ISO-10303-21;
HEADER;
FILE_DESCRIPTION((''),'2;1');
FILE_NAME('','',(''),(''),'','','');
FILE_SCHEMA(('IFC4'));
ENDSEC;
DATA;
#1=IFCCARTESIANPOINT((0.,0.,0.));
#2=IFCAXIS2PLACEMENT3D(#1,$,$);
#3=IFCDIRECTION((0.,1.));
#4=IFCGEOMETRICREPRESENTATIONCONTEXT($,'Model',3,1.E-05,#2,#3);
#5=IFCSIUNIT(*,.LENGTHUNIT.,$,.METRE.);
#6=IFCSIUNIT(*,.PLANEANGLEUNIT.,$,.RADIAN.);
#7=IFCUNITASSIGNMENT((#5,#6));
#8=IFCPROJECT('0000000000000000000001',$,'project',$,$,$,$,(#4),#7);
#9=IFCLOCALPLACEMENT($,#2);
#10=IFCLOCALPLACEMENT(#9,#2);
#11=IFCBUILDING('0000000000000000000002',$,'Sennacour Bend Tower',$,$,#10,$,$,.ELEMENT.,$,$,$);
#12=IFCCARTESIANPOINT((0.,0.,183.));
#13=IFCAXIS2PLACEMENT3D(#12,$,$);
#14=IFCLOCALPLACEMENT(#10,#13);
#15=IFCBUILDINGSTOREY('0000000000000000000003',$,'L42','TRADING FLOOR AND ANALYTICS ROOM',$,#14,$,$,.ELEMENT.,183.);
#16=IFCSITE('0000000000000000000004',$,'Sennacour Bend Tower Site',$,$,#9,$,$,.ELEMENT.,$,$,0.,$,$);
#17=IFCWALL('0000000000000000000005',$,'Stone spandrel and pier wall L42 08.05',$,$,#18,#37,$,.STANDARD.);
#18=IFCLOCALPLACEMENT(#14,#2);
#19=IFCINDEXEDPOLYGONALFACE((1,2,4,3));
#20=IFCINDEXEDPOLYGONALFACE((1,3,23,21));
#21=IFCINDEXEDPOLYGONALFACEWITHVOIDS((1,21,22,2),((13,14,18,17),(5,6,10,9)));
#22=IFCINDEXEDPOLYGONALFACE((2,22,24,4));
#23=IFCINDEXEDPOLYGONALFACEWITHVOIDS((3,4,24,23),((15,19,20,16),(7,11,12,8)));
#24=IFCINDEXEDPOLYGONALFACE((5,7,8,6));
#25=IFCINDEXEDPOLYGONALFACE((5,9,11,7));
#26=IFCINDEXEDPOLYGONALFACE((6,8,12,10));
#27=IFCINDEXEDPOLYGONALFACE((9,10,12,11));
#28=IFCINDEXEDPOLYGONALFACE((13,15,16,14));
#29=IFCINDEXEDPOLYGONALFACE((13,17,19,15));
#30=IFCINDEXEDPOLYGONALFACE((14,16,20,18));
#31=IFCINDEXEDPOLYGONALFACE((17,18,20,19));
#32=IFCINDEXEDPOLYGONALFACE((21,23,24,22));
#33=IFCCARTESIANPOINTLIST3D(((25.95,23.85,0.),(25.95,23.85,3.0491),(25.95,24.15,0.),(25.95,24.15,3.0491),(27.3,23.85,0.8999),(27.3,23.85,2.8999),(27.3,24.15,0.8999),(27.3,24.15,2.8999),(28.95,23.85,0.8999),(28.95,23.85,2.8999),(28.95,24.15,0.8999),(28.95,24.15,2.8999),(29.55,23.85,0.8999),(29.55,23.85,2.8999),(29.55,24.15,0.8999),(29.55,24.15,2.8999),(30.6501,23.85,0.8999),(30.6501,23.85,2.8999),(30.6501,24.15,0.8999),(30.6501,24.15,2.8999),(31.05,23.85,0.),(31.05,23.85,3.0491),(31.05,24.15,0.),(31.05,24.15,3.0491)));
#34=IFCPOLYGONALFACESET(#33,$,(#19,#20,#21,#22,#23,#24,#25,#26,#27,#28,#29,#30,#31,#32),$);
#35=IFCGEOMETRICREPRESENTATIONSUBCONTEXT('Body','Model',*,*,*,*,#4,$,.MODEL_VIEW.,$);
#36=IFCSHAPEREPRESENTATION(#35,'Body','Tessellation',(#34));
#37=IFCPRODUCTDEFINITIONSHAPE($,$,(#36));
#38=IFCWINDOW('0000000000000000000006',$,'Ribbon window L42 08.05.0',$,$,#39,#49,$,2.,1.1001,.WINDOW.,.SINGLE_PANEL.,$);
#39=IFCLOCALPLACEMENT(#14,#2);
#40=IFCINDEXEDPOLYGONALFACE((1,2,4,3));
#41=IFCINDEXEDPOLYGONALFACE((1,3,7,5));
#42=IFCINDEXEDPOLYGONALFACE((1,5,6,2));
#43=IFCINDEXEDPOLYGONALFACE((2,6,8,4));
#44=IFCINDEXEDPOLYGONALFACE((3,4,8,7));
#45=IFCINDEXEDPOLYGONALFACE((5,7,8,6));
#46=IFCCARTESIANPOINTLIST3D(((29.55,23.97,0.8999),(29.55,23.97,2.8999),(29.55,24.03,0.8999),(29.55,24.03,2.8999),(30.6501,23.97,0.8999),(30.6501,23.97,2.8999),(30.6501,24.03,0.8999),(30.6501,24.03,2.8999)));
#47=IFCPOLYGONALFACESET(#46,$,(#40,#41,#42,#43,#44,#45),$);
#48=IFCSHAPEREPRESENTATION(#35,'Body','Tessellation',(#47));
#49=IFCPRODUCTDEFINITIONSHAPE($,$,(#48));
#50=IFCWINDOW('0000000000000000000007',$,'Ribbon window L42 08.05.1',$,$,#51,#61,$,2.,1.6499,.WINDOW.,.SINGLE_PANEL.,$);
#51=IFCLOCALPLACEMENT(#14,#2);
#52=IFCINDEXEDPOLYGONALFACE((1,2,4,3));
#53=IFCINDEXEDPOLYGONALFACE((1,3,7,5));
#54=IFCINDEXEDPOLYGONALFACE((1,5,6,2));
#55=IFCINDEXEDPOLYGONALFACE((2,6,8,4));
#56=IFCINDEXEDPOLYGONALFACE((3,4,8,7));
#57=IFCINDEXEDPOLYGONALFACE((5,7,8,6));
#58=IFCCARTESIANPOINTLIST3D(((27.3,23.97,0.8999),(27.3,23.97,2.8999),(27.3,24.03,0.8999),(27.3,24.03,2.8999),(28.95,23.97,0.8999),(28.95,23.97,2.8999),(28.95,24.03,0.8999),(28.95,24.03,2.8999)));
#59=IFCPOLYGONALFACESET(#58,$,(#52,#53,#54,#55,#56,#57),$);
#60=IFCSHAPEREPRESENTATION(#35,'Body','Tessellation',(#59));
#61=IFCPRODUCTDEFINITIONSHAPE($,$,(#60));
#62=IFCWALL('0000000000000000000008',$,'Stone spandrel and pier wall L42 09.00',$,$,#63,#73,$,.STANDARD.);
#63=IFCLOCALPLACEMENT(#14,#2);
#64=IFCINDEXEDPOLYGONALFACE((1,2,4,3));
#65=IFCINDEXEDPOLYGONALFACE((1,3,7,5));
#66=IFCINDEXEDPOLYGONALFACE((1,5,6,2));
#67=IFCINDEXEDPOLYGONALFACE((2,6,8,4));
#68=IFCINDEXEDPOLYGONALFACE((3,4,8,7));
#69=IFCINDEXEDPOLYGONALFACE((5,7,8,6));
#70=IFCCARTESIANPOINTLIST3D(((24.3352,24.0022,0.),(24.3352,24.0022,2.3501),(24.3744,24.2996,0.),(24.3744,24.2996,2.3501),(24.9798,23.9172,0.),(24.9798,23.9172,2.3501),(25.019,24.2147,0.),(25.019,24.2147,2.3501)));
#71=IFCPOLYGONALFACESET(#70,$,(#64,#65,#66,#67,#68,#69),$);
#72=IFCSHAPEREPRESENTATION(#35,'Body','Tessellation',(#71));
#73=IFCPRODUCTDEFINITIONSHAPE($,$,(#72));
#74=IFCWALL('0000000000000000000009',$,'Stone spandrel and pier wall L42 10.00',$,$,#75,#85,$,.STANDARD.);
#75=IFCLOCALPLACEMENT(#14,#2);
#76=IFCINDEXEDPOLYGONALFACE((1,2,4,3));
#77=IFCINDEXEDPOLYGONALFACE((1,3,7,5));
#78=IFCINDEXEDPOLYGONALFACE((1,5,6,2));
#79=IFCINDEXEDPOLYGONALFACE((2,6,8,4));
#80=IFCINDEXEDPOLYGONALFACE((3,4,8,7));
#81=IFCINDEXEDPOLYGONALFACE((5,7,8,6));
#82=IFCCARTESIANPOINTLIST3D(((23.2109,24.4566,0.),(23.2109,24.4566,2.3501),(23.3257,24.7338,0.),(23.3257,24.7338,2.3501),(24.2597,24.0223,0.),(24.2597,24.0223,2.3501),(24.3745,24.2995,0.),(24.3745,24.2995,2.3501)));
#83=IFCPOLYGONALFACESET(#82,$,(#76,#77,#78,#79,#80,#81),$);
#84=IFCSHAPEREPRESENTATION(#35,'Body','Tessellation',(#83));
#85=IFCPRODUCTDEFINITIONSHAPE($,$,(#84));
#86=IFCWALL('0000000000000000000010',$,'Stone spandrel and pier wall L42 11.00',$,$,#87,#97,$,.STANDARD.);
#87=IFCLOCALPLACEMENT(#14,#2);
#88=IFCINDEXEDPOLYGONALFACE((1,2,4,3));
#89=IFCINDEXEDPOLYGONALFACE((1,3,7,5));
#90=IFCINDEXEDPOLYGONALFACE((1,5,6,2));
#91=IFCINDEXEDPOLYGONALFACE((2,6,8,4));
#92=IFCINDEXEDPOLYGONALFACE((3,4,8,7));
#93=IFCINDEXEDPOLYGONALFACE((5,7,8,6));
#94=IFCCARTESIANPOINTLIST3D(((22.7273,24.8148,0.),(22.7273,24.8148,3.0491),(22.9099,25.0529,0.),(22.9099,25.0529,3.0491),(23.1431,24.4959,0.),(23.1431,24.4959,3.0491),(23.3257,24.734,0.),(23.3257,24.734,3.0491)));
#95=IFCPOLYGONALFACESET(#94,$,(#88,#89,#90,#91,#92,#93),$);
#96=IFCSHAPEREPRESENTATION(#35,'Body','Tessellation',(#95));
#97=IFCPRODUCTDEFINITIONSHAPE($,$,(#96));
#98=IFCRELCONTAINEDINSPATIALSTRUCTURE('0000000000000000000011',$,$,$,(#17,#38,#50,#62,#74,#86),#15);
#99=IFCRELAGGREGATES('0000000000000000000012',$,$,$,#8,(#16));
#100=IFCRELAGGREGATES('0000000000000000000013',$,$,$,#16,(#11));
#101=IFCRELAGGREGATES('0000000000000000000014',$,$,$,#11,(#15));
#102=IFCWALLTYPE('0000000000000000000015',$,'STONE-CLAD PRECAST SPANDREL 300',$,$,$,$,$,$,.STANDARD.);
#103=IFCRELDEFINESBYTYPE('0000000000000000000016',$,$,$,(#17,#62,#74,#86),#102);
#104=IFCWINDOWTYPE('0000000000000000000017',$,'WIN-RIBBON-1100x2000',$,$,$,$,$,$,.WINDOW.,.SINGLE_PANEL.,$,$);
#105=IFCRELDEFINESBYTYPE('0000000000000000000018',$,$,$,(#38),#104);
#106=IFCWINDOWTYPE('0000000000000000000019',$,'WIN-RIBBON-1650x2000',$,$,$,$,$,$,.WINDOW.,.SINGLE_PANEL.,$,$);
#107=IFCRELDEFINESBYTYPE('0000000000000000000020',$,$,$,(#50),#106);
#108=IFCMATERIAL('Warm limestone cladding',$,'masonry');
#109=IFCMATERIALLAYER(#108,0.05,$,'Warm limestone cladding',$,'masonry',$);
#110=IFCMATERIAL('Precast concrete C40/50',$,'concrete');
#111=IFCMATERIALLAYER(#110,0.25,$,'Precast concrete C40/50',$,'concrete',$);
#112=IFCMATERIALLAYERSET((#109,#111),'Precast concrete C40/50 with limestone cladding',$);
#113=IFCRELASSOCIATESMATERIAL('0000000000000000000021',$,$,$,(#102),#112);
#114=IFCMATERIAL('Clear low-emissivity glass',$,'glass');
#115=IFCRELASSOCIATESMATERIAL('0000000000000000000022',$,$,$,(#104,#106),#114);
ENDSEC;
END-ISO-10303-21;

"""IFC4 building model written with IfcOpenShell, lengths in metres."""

from ifc_helpers import new_model, si_unit, direction, frame, frame_2d, origin, place, context, subcontext, project, spatial, rectangle, extrude, material, layer, layer_set, type_object, element, fill, save


model = new_model("IFC4")

# Units and contexts
model_context = context("Model", 3, precision=1e-05, world=origin(), true_north=direction((0.0, 1.0)))
body_context = subcontext(model_context, "Body", "Model", "MODEL_VIEW")
ifc_project = project(units=[si_unit("LENGTHUNIT", "METRE"), si_unit("PLANEANGLEUNIT", "RADIAN")], contexts=[model_context])

# Site, building, storey
site_placement = place(None, origin())
site = spatial("IfcSite", under=ifc_project, at=site_placement, Name="Sennacour Bend Tower Site", CompositionType="ELEMENT", RefElevation=0.0)
building_placement = place(site_placement, origin())
building = spatial("IfcBuilding", under=site, at=building_placement, Name="Sennacour Bend Tower", CompositionType="ELEMENT")
storey_placement = place(building_placement, frame((0.0, 0.0, 183.0)))
storey = spatial("IfcBuildingStorey", under=building, at=storey_placement, Name="L42", Description="TRADING FLOOR AND ANALYTICS ROOM", CompositionType="ELEMENT", Elevation=183.0)

# Wall, openings, windows
ifc_material_1 = material(Name="Warm limestone cladding", Category="masonry")
ifc_layer_1 = layer(ifc_material_1, 0.05, Name="Warm limestone cladding", Category="masonry")
ifc_material_2 = material(Name="Precast concrete C40/50", Category="concrete")
ifc_layer_2 = layer(ifc_material_2, 0.25, Name="Precast concrete C40/50", Category="concrete")
ifc_layer_set_1 = layer_set([ifc_layer_1, ifc_layer_2], Name="Precast concrete C40/50 with limestone cladding")
wall_type_1 = type_object("IfcWallType", Name="STONE-CLAD PRECAST SPANDREL 300", PredefinedType="STANDARD", material=ifc_layer_set_1)
ifc_material_3 = material(Name="Clear low-emissivity glass", Category="glass")
window_type_1 = type_object("IfcWindowType", Name="WIN-RIBBON-1100x2000", PartitioningType="SINGLE_PANEL", PredefinedType="WINDOW", material=ifc_material_3)
wall_1_placement = place(storey_placement, frame((31.05, 24.0, 0.0), z_axis=(0.0, 0.0, 1.0), x_axis=(-1.0, 0.0, 0.0)))
wall_1 = element("IfcWall", 1, at=wall_1_placement, inside=storey, type_object=wall_type_1, Name="Stone spandrel and pier wall L42 08.05", PredefinedType="STANDARD", context=body_context, shape_type="SweptSolid", body=[
    extrude(rectangle(XDim=5.1001, YDim=0.3, at=frame_2d((2.55, 0.0))), origin(), (0.0, 0.0, 1.0), 3.0491),
])
opening_1_placement = place(wall_1_placement, frame((0.3999, 0.0, 0.8999)))
opening_1 = element("IfcOpeningElement", 2, at=opening_1_placement, cuts=wall_1, PredefinedType="OPENING", context=body_context, shape_type="SweptSolid", body=[
    extrude(rectangle(XDim=1.1001, YDim=2.0, at=frame_2d((0.55, 1.0))), frame((0.0, 0.1602, 0.0), z_axis=(0.0, -1.0, 0.0), x_axis=(1.0, 0.0, 0.0)), (0.0, 0.0, 1.0), 0.3201),
])
opening_2_placement = place(wall_1_placement, frame((2.1001, 0.0, 0.8999)))
opening_2 = element("IfcOpeningElement", 3, at=opening_2_placement, cuts=wall_1, PredefinedType="OPENING", context=body_context, shape_type="SweptSolid", body=[
    extrude(rectangle(XDim=1.6499, YDim=2.0, at=frame_2d((0.825, 1.0))), frame((0.0, 0.1602, 0.0), z_axis=(0.0, -1.0, 0.0), x_axis=(1.0, 0.0, 0.0)), (0.0, 0.0, 1.0), 0.3201),
])
window_1_placement = place(opening_1_placement, origin())
window_1 = element("IfcWindow", 4, at=window_1_placement, inside=storey, type_object=window_type_1, Name="Ribbon window L42 08.05.0", OverallHeight=2.0, OverallWidth=1.1001, PartitioningType="SINGLE_PANEL", PredefinedType="WINDOW", context=body_context, shape_type="SweptSolid", body=[
    extrude(rectangle(XDim=1.1001, YDim=2.0, at=frame_2d((0.55, 1.0))), frame((0.0, 0.03, 0.0), z_axis=(0.0, -1.0, 0.0), x_axis=(1.0, 0.0, 0.0)), (0.0, 0.0, 1.0), 0.0601),
])
fill(opening_1, window_1)
window_type_2 = type_object("IfcWindowType", Name="WIN-RIBBON-1650x2000", PartitioningType="SINGLE_PANEL", PredefinedType="WINDOW", material=ifc_material_3)
window_2_placement = place(opening_2_placement, origin())
window_2 = element("IfcWindow", 5, at=window_2_placement, inside=storey, type_object=window_type_2, Name="Ribbon window L42 08.05.1", OverallHeight=2.0, OverallWidth=1.6499, PartitioningType="SINGLE_PANEL", PredefinedType="WINDOW", context=body_context, shape_type="SweptSolid", body=[
    extrude(rectangle(XDim=1.6499, YDim=2.0, at=frame_2d((0.825, 1.0))), frame((0.0, 0.03, 0.0), z_axis=(0.0, -1.0, 0.0), x_axis=(1.0, 0.0, 0.0)), (0.0, 0.0, 1.0), 0.0601),
])
fill(opening_2, window_2)

# Walls
wall_2_placement = place(storey_placement, frame((24.9995, 24.0659, 0.0), z_axis=(0.0, 0.0, 1.0), x_axis=(-0.991424, 0.130688, 0.0)))
element("IfcWall", 6, at=wall_2_placement, inside=storey, type_object=wall_type_1, Name="Stone spandrel and pier wall L42 09.00", PredefinedType="STANDARD", context=body_context, shape_type="SweptSolid", body=[
    extrude(rectangle(XDim=0.6501, YDim=0.3, at=frame_2d((0.3252, 0.0))), origin(), (0.0, 0.0, 1.0), 2.3501),
])
wall_3_placement = place(storey_placement, frame((24.3171, 24.1609, 0.0), z_axis=(0.0, 0.0, 1.0), x_axis=(-0.923915, 0.382599, 0.0)))
element("IfcWall", 7, at=wall_3_placement, inside=storey, type_object=wall_type_1, Name="Stone spandrel and pier wall L42 10.00", PredefinedType="STANDARD", context=body_context, shape_type="SweptSolid", body=[
    extrude(rectangle(XDim=1.1353, YDim=0.3, at=frame_2d((0.5676, 0.0))), origin(), (0.0, 0.0, 1.0), 2.3501),
])
wall_4_placement = place(storey_placement, frame((23.2344, 24.615, 0.0), z_axis=(0.0, 0.0, 1.0), x_axis=(-0.793524, 0.608539, 0.0)))
element("IfcWall", 8, at=wall_4_placement, inside=storey, type_object=wall_type_1, Name="Stone spandrel and pier wall L42 11.00", PredefinedType="STANDARD", context=body_context, shape_type="SweptSolid", body=[
    extrude(rectangle(XDim=0.5239, YDim=0.3, at=frame_2d((0.262, 0.0))), origin(), (0.0, 0.0, 1.0), 3.0491),
])

save(model, "model.ifc")
